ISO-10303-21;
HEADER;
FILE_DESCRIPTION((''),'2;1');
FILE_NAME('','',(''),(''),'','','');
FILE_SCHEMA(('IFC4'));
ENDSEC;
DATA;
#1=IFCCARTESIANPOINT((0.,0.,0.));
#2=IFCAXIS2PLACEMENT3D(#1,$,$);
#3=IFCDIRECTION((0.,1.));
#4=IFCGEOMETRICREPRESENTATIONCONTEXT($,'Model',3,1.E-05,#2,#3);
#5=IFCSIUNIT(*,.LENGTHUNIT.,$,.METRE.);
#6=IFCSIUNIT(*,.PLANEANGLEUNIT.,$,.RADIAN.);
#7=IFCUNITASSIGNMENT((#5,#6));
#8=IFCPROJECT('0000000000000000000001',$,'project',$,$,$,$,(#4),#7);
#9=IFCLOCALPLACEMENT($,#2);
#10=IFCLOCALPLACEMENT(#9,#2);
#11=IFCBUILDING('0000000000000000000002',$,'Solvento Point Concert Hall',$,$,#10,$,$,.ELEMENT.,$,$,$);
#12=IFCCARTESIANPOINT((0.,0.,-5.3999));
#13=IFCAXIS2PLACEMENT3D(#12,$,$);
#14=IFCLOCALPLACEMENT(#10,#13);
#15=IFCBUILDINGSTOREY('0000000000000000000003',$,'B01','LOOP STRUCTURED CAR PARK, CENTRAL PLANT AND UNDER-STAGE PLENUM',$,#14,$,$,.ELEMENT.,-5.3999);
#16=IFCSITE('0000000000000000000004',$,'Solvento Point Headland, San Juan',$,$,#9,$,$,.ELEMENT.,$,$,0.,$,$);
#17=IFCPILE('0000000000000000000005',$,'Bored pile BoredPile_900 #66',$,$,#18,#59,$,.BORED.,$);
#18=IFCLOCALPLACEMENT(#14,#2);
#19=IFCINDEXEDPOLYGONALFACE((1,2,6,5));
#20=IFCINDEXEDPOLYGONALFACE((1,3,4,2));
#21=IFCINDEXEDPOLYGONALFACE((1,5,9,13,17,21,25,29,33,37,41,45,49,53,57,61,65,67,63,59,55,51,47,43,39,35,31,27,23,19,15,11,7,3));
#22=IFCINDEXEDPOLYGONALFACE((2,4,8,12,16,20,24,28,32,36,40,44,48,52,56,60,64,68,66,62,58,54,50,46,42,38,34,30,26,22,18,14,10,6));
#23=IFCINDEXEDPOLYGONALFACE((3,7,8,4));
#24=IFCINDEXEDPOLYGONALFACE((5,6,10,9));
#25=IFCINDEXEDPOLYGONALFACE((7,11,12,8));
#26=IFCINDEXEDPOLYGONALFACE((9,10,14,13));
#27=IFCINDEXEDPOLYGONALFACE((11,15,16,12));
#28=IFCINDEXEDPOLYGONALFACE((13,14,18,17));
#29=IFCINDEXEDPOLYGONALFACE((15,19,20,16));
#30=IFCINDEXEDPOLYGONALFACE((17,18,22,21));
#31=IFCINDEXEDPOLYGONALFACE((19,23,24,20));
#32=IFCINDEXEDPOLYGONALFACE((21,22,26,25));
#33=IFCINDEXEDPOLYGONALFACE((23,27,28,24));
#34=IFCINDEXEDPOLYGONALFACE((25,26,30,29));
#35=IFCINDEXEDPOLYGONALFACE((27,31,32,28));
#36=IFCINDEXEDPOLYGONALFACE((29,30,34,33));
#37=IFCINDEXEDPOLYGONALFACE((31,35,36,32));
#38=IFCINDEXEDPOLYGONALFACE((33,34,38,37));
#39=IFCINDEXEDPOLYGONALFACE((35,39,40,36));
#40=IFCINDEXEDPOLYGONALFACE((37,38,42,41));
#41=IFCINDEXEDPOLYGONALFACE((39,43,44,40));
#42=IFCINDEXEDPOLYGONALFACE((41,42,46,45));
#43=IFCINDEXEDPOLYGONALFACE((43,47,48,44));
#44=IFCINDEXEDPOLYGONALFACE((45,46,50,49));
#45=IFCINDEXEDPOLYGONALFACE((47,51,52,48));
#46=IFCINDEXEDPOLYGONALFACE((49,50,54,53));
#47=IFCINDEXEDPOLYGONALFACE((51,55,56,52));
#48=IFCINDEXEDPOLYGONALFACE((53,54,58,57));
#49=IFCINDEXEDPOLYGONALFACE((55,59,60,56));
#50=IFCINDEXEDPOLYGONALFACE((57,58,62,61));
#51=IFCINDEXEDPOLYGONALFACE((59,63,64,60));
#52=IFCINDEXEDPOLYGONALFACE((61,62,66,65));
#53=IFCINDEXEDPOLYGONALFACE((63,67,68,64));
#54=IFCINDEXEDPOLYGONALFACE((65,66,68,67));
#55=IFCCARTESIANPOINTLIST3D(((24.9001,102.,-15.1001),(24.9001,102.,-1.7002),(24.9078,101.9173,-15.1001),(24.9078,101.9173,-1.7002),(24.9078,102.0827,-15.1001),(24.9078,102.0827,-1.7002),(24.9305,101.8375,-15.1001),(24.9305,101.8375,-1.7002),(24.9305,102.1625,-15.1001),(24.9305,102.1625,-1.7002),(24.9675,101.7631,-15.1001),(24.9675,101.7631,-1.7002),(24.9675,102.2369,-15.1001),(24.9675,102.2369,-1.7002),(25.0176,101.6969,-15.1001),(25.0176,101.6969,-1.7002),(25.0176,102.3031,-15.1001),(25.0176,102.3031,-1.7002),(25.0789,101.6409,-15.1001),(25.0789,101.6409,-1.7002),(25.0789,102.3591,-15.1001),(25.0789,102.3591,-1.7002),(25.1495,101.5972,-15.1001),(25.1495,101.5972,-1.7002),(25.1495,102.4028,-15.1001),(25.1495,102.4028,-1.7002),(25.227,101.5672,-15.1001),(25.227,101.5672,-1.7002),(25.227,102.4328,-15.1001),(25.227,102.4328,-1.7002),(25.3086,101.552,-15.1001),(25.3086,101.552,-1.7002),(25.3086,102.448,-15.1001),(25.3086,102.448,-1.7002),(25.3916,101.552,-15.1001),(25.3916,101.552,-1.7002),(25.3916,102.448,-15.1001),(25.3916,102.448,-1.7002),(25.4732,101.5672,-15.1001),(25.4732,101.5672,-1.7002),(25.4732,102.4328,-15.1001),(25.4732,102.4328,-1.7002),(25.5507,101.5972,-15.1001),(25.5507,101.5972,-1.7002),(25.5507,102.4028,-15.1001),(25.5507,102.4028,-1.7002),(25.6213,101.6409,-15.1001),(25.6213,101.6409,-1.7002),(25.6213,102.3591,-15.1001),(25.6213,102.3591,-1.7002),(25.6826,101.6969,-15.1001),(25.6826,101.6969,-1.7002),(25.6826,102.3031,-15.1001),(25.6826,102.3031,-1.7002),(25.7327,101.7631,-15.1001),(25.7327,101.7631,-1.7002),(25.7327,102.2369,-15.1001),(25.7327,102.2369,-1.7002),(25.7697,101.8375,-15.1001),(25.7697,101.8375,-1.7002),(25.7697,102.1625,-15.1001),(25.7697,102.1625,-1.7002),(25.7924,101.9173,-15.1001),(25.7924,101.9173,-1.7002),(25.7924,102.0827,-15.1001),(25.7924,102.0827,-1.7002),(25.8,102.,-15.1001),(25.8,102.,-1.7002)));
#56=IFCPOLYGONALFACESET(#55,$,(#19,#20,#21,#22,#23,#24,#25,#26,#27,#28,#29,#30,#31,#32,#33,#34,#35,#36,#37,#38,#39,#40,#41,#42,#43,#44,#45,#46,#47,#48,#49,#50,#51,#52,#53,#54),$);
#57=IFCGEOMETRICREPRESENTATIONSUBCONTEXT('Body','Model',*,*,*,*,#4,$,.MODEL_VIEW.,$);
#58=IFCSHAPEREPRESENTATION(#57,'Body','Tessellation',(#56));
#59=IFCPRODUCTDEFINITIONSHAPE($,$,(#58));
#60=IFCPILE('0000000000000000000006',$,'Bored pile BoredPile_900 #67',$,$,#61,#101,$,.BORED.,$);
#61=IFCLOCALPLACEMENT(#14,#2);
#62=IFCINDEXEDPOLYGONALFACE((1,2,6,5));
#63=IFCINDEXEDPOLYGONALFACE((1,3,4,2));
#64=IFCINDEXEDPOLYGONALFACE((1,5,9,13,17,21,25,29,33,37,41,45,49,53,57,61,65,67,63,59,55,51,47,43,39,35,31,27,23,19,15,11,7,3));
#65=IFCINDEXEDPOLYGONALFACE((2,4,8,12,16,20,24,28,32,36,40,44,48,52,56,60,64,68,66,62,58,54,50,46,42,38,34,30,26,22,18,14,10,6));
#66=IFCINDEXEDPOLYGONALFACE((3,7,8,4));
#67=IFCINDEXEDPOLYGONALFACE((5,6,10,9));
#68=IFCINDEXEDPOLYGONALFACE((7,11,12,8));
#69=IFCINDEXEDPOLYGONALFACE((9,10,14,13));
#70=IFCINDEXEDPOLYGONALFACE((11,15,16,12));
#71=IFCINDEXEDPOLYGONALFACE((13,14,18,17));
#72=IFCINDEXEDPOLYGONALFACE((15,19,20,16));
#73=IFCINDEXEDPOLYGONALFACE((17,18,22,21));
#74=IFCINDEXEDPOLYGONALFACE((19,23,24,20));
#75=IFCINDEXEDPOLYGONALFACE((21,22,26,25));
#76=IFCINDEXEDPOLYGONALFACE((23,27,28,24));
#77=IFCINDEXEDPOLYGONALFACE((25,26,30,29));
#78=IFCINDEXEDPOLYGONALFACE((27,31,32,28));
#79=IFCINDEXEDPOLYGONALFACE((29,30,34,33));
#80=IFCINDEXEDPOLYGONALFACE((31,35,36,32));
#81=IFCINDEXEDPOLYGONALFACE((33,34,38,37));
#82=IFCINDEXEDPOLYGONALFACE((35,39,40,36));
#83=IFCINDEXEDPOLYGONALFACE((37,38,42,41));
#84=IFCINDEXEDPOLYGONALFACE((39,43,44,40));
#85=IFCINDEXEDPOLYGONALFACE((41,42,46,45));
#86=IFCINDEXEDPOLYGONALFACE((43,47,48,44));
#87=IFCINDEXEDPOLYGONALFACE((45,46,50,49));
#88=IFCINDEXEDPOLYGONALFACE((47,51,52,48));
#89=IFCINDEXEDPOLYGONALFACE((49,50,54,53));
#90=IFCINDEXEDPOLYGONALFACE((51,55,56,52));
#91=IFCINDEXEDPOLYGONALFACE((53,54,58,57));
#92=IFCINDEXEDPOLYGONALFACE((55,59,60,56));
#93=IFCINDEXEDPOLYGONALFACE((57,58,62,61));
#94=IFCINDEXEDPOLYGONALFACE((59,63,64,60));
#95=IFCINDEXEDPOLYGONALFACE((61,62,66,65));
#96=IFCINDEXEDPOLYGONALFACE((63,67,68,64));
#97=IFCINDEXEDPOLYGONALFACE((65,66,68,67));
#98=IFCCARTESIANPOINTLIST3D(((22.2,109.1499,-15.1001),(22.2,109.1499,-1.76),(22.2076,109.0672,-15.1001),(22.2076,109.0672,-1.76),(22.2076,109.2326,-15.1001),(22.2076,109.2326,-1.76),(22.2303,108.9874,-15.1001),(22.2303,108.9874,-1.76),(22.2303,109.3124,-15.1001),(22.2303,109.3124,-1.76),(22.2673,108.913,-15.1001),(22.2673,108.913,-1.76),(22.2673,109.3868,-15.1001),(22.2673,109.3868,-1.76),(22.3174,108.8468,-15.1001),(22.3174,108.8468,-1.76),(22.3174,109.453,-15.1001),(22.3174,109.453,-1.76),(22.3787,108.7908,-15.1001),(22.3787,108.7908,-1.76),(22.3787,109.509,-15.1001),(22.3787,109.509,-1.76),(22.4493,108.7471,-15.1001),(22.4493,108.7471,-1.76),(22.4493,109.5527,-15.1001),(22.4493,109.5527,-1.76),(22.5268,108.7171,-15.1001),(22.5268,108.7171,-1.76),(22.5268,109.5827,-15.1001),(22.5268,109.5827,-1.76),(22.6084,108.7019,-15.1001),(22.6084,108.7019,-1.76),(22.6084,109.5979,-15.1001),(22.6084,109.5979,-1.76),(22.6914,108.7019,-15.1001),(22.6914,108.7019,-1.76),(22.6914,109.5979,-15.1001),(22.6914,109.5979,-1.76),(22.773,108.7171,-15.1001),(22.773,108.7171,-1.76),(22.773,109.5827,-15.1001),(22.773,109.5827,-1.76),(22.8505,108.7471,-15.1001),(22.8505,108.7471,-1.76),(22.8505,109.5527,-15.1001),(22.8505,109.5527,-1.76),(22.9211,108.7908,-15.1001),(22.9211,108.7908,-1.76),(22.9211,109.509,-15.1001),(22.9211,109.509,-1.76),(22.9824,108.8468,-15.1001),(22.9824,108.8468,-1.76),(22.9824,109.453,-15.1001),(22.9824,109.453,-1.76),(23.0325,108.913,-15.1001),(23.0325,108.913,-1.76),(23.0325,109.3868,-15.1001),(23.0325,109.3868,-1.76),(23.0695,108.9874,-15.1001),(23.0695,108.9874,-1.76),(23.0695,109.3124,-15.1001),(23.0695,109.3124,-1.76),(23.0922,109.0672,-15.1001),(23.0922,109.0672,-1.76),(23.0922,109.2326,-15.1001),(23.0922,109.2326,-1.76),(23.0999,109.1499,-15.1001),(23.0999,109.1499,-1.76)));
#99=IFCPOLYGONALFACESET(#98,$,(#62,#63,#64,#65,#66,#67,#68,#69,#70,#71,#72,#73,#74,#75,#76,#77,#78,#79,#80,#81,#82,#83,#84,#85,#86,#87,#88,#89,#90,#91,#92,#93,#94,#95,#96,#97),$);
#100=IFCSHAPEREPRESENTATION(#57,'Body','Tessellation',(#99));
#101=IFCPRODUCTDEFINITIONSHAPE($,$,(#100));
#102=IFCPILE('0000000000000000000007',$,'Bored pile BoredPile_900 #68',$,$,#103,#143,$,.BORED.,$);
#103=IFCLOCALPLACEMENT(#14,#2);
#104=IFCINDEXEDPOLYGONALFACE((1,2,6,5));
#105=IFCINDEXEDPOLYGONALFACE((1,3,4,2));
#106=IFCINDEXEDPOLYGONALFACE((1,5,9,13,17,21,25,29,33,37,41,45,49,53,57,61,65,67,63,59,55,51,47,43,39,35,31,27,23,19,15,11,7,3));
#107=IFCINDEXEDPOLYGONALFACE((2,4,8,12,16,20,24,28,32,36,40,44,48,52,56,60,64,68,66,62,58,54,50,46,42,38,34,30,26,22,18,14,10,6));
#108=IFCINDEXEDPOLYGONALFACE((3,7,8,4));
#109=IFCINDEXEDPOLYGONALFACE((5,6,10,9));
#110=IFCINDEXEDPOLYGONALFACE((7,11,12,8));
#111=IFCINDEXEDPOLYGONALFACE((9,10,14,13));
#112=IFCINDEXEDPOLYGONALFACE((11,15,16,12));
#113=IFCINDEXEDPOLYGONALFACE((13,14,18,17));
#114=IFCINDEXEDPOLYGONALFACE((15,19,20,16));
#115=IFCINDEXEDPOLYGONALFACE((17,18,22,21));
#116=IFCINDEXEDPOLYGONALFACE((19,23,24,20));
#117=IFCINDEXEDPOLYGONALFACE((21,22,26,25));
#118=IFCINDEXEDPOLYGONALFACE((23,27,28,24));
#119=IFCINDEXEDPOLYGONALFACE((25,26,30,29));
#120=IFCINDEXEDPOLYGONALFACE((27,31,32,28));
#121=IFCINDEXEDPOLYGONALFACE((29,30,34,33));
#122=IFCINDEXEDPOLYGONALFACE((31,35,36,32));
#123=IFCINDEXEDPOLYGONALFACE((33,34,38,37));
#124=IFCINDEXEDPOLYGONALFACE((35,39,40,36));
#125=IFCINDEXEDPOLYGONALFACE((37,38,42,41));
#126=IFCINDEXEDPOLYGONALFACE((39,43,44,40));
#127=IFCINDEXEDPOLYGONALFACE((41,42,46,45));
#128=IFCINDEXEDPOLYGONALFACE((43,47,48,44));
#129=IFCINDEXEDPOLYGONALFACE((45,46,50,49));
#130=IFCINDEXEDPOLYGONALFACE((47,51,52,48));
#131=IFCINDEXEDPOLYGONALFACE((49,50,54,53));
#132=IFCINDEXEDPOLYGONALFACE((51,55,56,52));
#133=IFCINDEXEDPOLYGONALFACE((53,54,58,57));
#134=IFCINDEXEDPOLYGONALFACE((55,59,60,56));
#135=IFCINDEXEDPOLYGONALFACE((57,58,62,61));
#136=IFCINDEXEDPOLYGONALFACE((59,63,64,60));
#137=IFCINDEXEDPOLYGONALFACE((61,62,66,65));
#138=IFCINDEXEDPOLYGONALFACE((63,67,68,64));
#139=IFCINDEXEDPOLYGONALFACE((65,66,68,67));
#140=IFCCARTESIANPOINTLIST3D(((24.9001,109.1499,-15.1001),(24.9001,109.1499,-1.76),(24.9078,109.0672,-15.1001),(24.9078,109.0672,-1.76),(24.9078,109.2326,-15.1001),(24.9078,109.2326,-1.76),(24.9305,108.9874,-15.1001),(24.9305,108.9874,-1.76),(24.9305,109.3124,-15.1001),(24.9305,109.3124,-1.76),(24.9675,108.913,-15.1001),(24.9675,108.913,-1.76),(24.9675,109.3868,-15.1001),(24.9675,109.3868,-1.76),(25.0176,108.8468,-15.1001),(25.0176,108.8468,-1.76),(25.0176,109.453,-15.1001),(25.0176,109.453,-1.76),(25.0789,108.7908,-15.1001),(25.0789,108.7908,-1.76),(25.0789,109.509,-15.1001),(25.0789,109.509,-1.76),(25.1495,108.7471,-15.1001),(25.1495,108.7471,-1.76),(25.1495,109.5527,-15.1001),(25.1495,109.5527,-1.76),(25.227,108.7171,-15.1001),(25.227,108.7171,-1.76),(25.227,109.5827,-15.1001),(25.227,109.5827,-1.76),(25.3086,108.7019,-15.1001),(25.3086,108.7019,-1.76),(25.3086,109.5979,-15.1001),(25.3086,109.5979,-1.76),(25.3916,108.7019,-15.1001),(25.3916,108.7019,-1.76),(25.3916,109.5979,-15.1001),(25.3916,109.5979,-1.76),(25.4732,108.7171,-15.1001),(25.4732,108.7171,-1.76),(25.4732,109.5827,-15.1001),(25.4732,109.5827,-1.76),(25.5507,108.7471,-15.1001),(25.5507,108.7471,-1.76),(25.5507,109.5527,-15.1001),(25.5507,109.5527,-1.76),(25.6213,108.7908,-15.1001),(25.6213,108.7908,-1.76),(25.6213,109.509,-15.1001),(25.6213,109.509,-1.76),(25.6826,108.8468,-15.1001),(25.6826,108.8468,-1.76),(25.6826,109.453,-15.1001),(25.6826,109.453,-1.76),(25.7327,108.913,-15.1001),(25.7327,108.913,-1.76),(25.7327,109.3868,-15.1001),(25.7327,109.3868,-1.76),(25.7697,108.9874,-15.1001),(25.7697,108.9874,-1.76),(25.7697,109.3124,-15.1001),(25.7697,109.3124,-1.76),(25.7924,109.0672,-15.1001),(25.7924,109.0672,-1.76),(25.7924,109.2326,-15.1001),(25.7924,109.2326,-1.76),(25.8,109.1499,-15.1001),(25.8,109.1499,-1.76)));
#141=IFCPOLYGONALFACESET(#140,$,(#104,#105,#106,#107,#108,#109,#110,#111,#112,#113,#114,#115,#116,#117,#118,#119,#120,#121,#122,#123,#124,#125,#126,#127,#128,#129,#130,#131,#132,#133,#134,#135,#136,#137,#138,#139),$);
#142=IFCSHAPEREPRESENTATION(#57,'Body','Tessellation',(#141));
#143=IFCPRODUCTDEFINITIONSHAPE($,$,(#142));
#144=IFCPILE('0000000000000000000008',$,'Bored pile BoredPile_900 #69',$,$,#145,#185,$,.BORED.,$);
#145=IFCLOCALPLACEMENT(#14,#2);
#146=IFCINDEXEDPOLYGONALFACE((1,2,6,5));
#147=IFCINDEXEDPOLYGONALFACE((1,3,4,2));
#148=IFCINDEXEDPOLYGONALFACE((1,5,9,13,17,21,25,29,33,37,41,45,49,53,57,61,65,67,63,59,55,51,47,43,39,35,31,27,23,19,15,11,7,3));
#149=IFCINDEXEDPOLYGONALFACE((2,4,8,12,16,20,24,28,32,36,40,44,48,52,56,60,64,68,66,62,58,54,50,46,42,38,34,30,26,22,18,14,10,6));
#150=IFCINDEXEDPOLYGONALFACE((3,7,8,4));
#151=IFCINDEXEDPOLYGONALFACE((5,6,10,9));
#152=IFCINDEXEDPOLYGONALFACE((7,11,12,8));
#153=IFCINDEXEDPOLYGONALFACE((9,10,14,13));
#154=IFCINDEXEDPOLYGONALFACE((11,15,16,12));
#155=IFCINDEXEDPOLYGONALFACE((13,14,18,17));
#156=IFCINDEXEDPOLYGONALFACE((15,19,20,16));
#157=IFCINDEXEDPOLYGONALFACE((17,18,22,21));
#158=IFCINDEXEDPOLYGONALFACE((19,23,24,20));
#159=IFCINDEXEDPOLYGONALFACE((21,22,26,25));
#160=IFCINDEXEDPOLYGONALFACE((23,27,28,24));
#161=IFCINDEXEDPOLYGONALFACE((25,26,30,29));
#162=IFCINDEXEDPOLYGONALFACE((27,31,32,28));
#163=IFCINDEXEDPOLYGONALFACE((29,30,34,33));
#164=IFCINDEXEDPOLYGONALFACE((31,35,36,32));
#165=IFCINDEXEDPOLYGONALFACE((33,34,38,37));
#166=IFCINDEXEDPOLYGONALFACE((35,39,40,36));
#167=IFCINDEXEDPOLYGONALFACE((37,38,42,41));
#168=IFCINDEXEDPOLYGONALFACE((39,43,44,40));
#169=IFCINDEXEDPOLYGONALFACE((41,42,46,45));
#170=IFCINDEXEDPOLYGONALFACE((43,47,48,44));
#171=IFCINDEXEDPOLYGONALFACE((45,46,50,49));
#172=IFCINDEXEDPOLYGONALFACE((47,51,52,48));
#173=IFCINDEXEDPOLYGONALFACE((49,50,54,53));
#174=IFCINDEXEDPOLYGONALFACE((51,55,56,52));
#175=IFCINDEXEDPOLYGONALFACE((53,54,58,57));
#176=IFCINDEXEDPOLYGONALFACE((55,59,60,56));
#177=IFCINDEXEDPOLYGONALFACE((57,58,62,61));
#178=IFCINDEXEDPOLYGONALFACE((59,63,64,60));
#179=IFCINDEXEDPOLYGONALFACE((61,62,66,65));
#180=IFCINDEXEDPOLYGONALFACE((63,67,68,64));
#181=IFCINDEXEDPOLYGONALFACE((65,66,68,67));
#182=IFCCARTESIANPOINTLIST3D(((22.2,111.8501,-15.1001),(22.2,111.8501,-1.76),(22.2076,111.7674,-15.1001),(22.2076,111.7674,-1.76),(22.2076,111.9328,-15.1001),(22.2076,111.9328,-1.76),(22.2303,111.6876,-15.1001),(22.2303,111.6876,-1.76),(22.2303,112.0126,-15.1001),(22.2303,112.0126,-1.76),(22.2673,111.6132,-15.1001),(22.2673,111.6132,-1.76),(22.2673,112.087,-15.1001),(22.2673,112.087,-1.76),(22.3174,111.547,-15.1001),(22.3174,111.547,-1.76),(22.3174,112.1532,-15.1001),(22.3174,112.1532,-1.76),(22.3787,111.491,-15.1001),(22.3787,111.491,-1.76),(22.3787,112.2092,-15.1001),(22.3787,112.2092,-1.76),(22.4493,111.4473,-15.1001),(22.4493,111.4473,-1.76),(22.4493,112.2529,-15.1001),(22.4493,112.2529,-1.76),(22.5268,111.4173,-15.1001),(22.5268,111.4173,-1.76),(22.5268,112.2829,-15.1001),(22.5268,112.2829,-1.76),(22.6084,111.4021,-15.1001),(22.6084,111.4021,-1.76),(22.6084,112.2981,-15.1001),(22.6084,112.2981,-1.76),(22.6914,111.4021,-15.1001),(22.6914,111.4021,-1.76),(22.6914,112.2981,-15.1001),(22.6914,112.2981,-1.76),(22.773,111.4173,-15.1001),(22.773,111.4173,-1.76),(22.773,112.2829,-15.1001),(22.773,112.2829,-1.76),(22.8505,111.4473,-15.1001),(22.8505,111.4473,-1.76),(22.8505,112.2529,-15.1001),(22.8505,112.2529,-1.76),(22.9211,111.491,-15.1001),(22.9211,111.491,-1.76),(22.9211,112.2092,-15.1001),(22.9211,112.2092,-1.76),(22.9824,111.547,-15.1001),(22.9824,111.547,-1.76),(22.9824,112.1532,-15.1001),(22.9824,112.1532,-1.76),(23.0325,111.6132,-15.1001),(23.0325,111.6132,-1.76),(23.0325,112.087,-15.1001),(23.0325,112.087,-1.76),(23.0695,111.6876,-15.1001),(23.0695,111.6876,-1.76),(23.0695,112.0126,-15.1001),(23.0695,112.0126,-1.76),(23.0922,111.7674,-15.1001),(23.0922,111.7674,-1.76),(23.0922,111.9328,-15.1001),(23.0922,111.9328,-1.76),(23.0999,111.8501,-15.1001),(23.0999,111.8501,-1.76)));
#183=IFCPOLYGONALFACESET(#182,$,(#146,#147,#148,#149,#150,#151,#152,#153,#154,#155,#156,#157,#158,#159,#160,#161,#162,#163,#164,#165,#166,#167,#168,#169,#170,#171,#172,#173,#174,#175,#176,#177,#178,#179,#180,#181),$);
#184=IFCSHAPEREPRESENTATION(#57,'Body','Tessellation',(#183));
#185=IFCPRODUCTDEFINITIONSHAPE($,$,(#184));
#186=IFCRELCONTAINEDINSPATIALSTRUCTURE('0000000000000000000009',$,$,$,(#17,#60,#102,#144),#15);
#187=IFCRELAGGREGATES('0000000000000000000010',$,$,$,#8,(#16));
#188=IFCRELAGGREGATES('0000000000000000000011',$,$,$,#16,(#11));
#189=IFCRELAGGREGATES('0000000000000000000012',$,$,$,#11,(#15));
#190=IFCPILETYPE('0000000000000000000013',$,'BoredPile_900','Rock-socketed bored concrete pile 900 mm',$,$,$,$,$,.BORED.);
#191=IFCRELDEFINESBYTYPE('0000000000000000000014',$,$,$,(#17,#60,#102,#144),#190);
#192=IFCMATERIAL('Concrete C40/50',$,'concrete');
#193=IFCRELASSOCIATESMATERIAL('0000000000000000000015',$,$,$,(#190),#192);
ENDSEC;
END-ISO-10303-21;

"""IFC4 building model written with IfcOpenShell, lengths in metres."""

from ifc_helpers import new_model, si_unit, direction, frame, origin, origin_2d, place, context, subcontext, project, spatial, circle, extrude, material, material_profile, profile_set, type_object, element, save


model = new_model("IFC4")

# Units and contexts
model_context = context("Model", 3, precision=1e-05, world=origin(), true_north=direction((0.0, 1.0)))
body_context = subcontext(model_context, "Body", "Model", "MODEL_VIEW")
ifc_project = project(units=[si_unit("LENGTHUNIT", "METRE"), si_unit("PLANEANGLEUNIT", "RADIAN")], contexts=[model_context])

# Site, building, storey
site_placement = place(None, origin())
site = spatial("IfcSite", under=ifc_project, at=site_placement, Name="Solvento Point Headland, San Juan", CompositionType="ELEMENT", RefElevation=0.0)
building_placement = place(site_placement, origin())
building = spatial("IfcBuilding", under=site, at=building_placement, Name="Solvento Point Concert Hall", CompositionType="ELEMENT")
storey_placement = place(building_placement, frame((0.0, 0.0, -5.3999)))
storey = spatial("IfcBuildingStorey", under=building, at=storey_placement, Name="B01", Description="LOOP STRUCTURED CAR PARK, CENTRAL PLANT AND UNDER-STAGE PLENUM", CompositionType="ELEMENT", Elevation=-5.3999)

# Piles
ifc_material_1 = material(Name="Concrete C40/50", Category="concrete")
ifc_material_profile_1 = material_profile(ifc_material_1, circle(Radius=0.45, at=origin_2d()), Name="BP-900")
ifc_profile_set_1 = profile_set([ifc_material_profile_1], Name="Concrete C40/50")
pile_type_1 = type_object("IfcPileType", Name="BoredPile_900", Description="Rock-socketed bored concrete pile 900 mm", PredefinedType="BORED", material=ifc_profile_set_1)
for number, where, z_axis, x_axis, name in (
    (1, (25.3501, 102.0, -1.7002), (0.0, 0.0, -1.0), (1.0, 0.0, 0.0), "Bored pile BoredPile_900 #66"),
):
    element("IfcPile", number, at=place(storey_placement, frame(where, z_axis=z_axis, x_axis=x_axis)), inside=storey, type_object=pile_type_1, Name=name, PredefinedType="BORED", context=body_context, shape_type="SweptSolid", body=[
        extrude(circle(Radius=0.45, at=origin_2d()), origin(), (0.0, 0.0, 1.0), 13.3999),
    ])
for number, where, z_axis, x_axis, name in (
    (2, (22.6499, 109.1499, -1.76), (0.0, 0.0, -1.0), (1.0, 0.0, 0.0), "Bored pile BoredPile_900 #67"),
    (3, (25.3501, 109.1499, -1.76), (0.0, 0.0, -1.0), (1.0, 0.0, 0.0), "Bored pile BoredPile_900 #68"),
    (4, (22.6499, 111.8501, -1.76), (0.0, 0.0, -1.0), (1.0, 0.0, 0.0), "Bored pile BoredPile_900 #69"),
):
    element("IfcPile", number, at=place(storey_placement, frame(where, z_axis=z_axis, x_axis=x_axis)), inside=storey, type_object=pile_type_1, Name=name, PredefinedType="BORED", context=body_context, shape_type="SweptSolid", body=[
        extrude(circle(Radius=0.45, at=origin_2d()), origin(), (0.0, 0.0, 1.0), 13.3401),
    ])

save(model, "model.ifc")
